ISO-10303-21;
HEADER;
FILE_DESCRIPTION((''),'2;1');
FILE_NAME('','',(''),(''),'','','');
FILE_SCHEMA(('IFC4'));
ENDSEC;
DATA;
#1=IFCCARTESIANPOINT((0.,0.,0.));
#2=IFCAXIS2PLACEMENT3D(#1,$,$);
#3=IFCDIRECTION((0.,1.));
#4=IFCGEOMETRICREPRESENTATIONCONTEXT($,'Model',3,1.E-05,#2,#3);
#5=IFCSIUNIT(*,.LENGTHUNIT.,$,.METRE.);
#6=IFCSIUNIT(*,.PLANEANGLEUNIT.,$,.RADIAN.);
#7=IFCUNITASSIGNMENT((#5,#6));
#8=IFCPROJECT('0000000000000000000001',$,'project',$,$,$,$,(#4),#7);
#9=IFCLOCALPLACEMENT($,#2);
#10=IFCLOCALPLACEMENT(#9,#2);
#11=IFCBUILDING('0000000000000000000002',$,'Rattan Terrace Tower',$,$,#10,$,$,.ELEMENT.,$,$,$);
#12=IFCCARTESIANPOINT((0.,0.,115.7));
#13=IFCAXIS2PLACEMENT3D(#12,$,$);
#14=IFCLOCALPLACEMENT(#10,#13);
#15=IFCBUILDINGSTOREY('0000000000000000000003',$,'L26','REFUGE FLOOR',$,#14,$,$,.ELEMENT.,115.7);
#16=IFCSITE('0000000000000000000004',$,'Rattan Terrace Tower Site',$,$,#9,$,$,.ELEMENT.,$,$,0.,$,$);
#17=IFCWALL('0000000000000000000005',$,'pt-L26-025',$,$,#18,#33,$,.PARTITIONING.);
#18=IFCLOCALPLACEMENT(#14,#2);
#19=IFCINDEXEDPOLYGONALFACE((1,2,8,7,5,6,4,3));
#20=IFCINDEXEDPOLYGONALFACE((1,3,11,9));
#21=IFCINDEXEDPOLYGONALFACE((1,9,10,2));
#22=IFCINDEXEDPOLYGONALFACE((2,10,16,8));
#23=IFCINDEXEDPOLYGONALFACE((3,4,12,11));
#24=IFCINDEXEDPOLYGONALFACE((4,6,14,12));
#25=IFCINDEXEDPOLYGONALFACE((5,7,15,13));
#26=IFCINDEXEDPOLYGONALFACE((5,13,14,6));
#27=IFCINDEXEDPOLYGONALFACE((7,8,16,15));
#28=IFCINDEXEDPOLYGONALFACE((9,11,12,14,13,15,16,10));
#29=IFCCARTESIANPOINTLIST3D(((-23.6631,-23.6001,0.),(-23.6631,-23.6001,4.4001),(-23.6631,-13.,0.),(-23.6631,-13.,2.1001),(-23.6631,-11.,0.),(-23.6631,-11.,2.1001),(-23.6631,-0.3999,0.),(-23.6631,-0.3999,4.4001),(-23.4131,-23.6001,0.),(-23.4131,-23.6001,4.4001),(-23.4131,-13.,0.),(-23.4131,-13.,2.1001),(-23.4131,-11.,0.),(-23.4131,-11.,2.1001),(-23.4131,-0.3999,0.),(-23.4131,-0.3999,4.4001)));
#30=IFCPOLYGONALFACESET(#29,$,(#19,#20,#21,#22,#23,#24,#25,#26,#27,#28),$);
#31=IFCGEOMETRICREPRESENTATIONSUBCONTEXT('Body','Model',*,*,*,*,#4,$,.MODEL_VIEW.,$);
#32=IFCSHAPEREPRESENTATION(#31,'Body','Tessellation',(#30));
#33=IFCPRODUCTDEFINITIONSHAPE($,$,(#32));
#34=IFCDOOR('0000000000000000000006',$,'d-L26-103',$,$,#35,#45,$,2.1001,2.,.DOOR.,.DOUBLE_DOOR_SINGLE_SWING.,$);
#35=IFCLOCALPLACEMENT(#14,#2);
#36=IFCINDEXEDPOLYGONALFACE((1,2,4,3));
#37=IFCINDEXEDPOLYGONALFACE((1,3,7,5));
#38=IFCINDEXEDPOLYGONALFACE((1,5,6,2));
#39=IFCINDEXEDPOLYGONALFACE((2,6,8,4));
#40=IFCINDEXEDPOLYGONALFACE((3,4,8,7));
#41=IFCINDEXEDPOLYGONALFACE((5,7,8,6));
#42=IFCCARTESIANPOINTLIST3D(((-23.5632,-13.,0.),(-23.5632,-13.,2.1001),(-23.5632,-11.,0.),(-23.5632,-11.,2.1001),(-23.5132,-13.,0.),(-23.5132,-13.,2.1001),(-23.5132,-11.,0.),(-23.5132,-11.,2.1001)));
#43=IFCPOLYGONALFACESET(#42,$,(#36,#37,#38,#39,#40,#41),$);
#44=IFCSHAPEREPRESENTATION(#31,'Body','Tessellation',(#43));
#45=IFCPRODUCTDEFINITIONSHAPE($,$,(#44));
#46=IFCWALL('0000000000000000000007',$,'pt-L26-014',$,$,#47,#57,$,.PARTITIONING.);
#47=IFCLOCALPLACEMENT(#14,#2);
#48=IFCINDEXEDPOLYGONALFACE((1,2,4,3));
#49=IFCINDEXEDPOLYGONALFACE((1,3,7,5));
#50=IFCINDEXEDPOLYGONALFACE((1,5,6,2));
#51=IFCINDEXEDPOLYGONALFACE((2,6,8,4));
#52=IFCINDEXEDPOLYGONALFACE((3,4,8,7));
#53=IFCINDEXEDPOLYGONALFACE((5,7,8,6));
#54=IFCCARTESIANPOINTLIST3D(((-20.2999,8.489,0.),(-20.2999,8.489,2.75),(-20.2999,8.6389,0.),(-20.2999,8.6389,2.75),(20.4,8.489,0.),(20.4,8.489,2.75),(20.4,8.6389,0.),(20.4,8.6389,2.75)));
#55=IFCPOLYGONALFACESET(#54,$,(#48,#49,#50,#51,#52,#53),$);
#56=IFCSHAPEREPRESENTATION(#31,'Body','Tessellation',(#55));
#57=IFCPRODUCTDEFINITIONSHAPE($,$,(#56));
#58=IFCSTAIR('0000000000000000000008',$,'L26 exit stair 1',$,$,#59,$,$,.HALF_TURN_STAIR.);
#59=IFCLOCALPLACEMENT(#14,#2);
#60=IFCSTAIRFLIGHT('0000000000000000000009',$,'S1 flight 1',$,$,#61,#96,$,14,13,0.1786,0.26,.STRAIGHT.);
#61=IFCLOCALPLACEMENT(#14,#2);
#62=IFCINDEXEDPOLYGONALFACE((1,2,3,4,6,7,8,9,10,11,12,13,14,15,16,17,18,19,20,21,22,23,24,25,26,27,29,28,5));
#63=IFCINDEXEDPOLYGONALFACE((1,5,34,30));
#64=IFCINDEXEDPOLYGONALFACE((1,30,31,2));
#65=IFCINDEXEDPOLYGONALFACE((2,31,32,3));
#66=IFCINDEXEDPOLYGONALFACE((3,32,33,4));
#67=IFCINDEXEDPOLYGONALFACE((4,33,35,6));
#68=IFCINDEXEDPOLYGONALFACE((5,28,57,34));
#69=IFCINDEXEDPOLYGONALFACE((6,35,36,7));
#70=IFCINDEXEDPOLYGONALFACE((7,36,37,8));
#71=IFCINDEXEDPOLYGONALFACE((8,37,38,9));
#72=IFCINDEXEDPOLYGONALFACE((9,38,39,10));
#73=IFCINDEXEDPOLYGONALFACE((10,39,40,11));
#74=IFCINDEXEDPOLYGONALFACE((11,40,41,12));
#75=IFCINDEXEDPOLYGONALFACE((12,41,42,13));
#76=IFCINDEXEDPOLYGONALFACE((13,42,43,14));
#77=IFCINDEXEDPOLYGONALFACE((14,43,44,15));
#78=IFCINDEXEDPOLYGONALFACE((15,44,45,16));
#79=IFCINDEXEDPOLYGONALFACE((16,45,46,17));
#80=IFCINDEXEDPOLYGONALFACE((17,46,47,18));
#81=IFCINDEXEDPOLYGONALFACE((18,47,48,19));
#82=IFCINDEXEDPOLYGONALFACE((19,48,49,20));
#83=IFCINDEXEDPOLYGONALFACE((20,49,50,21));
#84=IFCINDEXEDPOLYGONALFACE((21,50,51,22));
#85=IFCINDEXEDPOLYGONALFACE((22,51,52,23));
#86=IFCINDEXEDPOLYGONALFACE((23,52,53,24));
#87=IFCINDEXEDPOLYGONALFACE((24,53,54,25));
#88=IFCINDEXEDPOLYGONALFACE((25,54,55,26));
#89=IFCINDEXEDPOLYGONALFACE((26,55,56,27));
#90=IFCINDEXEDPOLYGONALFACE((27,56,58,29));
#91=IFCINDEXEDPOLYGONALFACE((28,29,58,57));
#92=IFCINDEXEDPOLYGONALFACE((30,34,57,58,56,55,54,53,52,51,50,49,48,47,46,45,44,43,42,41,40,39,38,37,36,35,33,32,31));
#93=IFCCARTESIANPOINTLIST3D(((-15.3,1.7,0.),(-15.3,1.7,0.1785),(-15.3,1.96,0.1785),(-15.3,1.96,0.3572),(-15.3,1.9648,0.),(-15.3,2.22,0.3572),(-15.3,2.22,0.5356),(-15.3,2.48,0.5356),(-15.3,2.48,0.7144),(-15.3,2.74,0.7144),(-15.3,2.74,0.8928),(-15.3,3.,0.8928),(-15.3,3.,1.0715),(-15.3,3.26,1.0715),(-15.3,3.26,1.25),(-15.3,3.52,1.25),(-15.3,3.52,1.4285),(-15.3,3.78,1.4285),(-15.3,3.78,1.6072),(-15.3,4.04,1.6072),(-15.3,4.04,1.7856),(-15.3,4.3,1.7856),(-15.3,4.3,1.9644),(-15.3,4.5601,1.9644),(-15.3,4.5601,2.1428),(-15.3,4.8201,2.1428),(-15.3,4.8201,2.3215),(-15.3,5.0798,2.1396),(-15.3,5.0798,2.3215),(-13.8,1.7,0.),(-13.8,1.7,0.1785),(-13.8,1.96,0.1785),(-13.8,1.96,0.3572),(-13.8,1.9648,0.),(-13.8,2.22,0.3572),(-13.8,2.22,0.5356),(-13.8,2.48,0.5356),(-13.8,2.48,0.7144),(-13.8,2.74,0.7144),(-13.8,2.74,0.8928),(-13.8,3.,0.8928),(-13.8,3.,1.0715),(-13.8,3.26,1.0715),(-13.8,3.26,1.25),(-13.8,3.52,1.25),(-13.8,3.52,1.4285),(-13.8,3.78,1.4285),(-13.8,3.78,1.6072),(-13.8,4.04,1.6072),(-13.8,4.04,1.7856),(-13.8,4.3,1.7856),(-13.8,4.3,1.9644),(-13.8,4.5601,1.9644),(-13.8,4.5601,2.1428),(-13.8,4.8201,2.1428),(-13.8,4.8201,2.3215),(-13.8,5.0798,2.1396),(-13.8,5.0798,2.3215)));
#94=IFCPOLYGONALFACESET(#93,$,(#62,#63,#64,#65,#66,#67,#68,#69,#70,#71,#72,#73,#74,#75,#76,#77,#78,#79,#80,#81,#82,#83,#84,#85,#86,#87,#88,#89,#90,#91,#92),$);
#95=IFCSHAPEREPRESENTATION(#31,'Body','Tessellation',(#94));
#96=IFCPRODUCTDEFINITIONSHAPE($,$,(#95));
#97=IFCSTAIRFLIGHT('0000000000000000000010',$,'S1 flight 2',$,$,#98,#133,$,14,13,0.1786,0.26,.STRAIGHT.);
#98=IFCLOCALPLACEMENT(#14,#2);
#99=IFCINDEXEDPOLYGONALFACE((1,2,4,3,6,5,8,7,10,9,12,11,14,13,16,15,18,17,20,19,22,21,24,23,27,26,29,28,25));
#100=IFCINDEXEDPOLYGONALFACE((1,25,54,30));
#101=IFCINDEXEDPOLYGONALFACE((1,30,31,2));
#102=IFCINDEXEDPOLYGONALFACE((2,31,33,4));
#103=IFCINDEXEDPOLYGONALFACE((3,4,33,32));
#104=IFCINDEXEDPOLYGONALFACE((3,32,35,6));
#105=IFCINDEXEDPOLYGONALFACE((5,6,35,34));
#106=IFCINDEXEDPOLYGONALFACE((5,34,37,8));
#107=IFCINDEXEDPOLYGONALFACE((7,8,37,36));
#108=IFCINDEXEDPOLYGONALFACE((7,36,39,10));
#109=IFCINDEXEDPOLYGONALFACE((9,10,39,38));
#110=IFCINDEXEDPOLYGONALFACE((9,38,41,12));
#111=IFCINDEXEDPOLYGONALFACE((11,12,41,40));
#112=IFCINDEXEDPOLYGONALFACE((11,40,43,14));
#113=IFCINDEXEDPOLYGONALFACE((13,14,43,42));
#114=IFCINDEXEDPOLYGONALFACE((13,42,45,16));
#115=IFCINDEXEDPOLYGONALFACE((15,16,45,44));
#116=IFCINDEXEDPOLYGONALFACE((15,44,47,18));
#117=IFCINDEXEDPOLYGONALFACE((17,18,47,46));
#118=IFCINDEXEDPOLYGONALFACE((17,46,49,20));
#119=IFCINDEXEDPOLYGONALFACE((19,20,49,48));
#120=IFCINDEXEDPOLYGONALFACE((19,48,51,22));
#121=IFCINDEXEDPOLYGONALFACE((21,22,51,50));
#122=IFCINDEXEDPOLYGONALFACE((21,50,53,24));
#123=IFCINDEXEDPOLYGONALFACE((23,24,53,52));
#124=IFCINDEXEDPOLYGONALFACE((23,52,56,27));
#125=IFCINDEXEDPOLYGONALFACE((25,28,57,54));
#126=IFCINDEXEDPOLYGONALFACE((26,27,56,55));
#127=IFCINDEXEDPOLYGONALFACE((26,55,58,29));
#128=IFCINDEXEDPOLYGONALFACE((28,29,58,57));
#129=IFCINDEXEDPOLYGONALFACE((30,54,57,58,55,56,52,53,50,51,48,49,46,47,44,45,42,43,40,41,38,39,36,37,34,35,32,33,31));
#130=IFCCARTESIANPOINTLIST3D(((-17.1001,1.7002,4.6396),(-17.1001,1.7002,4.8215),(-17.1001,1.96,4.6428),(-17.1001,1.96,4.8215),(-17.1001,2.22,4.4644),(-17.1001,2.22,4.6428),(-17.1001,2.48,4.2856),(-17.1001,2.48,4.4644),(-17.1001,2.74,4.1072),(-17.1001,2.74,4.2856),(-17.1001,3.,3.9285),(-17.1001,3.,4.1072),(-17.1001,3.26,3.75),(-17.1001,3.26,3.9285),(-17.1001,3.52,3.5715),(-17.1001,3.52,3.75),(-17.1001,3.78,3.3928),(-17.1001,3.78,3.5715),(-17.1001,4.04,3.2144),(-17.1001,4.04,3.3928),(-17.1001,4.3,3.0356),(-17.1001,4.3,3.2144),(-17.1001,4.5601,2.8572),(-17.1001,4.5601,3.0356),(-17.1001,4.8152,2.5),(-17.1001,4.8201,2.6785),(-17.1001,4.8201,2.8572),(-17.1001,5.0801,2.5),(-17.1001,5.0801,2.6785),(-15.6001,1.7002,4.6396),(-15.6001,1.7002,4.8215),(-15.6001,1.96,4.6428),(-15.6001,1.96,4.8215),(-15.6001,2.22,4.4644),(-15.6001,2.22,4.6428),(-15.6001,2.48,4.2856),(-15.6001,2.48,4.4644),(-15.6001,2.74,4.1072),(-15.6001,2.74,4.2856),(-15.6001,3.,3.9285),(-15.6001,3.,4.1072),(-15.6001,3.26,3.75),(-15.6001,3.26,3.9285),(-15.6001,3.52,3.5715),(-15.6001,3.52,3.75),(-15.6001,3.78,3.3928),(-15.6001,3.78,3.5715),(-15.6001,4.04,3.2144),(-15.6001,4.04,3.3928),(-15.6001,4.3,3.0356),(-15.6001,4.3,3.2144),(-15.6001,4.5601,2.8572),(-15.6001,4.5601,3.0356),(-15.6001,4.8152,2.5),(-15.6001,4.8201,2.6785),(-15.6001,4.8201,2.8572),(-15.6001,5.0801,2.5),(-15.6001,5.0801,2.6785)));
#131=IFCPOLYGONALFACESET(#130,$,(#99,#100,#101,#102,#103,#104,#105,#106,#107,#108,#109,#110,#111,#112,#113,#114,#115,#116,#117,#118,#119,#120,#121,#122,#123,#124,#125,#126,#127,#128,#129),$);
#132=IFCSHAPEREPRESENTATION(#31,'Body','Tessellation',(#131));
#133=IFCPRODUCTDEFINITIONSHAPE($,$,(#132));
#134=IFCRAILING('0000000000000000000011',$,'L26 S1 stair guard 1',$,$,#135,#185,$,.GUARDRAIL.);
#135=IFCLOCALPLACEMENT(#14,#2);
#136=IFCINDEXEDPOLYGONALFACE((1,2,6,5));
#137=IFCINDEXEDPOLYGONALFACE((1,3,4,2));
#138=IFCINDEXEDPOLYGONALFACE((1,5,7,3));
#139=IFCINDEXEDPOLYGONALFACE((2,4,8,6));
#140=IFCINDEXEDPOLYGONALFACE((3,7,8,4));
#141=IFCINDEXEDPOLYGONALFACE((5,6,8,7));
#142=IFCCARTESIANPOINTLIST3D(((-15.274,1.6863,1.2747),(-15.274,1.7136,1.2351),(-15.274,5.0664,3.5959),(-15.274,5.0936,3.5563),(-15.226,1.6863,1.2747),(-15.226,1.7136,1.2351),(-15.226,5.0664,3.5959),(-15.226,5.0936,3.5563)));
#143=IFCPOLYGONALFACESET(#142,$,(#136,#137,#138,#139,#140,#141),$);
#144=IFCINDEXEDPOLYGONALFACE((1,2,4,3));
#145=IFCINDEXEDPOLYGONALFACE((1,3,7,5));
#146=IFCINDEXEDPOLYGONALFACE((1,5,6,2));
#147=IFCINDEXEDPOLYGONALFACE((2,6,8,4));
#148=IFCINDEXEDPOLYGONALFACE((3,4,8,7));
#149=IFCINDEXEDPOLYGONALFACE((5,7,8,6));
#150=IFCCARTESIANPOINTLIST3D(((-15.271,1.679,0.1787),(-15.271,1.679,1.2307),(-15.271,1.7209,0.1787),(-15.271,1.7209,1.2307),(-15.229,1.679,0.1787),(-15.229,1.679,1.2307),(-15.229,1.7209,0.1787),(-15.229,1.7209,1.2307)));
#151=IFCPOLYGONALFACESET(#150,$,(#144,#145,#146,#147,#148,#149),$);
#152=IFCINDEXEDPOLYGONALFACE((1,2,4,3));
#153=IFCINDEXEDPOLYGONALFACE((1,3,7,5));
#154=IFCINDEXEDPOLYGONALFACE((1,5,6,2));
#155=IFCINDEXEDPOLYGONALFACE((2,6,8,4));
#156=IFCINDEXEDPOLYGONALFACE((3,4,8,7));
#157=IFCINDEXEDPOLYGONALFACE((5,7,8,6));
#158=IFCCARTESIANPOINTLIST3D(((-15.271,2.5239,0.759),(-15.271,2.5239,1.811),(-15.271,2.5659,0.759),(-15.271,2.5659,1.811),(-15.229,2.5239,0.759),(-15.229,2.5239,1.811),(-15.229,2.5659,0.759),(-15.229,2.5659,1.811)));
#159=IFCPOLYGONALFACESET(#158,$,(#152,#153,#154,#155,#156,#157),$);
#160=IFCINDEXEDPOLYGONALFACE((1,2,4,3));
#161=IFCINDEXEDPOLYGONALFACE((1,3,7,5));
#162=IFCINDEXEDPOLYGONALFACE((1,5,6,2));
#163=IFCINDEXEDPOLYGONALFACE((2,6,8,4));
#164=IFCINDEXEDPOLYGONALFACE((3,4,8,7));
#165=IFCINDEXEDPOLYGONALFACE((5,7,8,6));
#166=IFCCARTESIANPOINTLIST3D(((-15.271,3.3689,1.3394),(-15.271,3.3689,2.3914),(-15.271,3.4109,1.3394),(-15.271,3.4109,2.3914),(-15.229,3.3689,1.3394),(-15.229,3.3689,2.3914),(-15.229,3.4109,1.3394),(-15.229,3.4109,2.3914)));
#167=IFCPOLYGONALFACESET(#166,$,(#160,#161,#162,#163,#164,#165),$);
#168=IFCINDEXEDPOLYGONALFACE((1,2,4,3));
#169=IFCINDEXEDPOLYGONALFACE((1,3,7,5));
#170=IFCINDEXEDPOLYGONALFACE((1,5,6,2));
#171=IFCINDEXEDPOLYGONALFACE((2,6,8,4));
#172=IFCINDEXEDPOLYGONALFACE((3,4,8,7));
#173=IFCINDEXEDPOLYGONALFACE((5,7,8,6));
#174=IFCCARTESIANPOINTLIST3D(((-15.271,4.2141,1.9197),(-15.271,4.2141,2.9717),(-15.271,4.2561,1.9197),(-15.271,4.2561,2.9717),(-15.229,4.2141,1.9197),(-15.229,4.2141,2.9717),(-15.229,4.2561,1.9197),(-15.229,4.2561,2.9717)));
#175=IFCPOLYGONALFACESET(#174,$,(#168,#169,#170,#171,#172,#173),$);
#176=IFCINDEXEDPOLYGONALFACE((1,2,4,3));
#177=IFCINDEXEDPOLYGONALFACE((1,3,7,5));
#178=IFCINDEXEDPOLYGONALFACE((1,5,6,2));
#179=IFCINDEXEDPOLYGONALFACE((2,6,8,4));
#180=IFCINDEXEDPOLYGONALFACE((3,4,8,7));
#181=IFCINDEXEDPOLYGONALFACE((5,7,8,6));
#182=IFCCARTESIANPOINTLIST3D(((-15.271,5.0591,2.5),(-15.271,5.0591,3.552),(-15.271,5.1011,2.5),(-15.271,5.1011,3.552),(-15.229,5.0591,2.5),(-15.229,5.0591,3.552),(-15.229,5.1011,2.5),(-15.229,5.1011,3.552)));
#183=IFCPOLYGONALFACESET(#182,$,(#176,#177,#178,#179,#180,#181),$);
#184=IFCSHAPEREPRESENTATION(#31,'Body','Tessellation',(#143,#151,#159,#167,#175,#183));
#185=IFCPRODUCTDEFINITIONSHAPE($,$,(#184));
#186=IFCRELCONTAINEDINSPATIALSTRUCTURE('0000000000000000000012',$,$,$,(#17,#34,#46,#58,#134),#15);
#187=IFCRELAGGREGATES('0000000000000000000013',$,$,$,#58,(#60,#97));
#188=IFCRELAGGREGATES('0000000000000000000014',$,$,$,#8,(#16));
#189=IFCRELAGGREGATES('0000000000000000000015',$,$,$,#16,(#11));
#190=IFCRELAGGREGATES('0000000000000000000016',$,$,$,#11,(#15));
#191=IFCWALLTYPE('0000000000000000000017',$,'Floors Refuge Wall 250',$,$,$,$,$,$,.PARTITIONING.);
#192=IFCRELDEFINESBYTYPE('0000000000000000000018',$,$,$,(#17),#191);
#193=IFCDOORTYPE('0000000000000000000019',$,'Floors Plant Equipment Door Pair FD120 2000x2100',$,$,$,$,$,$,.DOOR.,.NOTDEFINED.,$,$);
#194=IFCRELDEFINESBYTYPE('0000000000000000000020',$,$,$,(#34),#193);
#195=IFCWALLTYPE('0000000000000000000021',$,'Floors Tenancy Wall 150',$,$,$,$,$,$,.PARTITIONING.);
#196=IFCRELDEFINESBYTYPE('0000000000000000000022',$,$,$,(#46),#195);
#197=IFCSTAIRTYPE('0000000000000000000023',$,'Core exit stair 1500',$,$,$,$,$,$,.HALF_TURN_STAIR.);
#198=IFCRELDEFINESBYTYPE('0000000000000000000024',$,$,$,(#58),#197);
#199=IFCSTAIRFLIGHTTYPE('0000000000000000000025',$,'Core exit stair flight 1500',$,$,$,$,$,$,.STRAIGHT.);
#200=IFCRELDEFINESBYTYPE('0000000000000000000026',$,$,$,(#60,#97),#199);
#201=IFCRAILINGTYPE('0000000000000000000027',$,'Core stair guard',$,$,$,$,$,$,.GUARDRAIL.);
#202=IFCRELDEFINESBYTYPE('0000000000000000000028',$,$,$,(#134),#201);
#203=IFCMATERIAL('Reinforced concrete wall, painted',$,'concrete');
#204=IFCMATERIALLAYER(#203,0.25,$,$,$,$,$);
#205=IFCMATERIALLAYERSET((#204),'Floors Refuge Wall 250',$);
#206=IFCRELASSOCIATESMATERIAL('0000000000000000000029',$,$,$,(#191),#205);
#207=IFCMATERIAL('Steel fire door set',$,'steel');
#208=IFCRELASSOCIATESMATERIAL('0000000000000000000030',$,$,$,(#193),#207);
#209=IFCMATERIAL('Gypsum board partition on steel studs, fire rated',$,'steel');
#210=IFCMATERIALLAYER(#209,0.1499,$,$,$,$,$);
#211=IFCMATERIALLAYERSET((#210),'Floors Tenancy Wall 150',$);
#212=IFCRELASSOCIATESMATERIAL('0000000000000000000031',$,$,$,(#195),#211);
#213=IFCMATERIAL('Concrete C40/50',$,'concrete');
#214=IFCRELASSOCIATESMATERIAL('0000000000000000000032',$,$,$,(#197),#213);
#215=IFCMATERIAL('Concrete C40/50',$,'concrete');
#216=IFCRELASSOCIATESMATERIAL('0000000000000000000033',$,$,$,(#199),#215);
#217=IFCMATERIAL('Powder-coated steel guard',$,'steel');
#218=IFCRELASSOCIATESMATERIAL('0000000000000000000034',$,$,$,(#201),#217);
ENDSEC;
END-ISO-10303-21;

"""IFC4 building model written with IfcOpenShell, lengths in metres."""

from ifc_helpers import new_model, si_unit, direction, frame, frame_2d, origin, origin_2d, place, context, subcontext, project, spatial, polyline, rectangle, outline, extrude, material, layer, layer_set, type_object, element, fill, aggregate, save


model = new_model("IFC4")

# Units and contexts
model_context = context("Model", 3, precision=1e-05, world=origin(), true_north=direction((0.0, 1.0)))
body_context = subcontext(model_context, "Body", "Model", "MODEL_VIEW")
ifc_project = project(units=[si_unit("LENGTHUNIT", "METRE"), si_unit("PLANEANGLEUNIT", "RADIAN")], contexts=[model_context])

# Site, building, storey
site_placement = place(None, origin())
site = spatial("IfcSite", under=ifc_project, at=site_placement, Name="Rattan Terrace Tower Site", CompositionType="ELEMENT", RefElevation=0.0)
building_placement = place(site_placement, origin())
building = spatial("IfcBuilding", under=site, at=building_placement, Name="Rattan Terrace Tower", CompositionType="ELEMENT")
storey_placement = place(building_placement, frame((0.0, 0.0, 115.7)))
storey = spatial("IfcBuildingStorey", under=building, at=storey_placement, Name="L26", Description="REFUGE FLOOR", CompositionType="ELEMENT", Elevation=115.7)

# Shared definitions
ifc_material_1 = material(Name="Reinforced concrete wall, painted", Category="concrete")
ifc_layer_1 = layer(ifc_material_1, 0.25)
ifc_layer_set_1 = layer_set([ifc_layer_1], Name="Floors Refuge Wall 250")
wall_type_1 = type_object("IfcWallType", Name="Floors Refuge Wall 250", PredefinedType="PARTITIONING", material=ifc_layer_set_1)

# Wall, opening, door
wall_1_placement = place(storey_placement, frame((-23.5381, -0.3999, 0.0), z_axis=(0.0, 0.0, 1.0), x_axis=(0.0, -1.0, 0.0)))
wall_1 = element("IfcWall", 1, at=wall_1_placement, inside=storey, type_object=wall_type_1, Name="pt-L26-025", PredefinedType="PARTITIONING", context=body_context, shape_type="SweptSolid", body=[
    extrude(rectangle(XDim=23.2002, YDim=0.25, at=frame_2d((11.6001, 0.0))), origin(), (0.0, 0.0, 1.0), 4.4001),
])
opening_1_placement = place(wall_1_placement, frame((10.6001, 0.0, 0.0)))
opening_1 = element("IfcOpeningElement", 2, at=opening_1_placement, cuts=wall_1, PredefinedType="OPENING", context=body_context, shape_type="SweptSolid", body=[
    extrude(rectangle(XDim=2.0, YDim=2.1001, at=frame_2d((1.0, 1.05))), frame((0.0, 0.1355, 0.0), z_axis=(0.0, -1.0, 0.0), x_axis=(1.0, 0.0, 0.0)), (0.0, 0.0, 1.0), 0.271),
])
ifc_material_2 = material(Name="Steel fire door set", Category="steel")
door_type_1 = type_object("IfcDoorType", Name="Floors Plant Equipment Door Pair FD120 2000x2100", OperationType="NOTDEFINED", PredefinedType="DOOR", material=ifc_material_2)
door_1_placement = place(opening_1_placement, origin())
door_1 = element("IfcDoor", 3, at=door_1_placement, inside=storey, type_object=door_type_1, Name="d-L26-103", OperationType="DOUBLE_DOOR_SINGLE_SWING", OverallHeight=2.1001, OverallWidth=2.0, PredefinedType="DOOR", context=body_context, shape_type="SweptSolid", body=[
    extrude(rectangle(XDim=2.0, YDim=2.1001, at=frame_2d((1.0, 1.05))), frame((0.0, 0.0249, 0.0), z_axis=(0.0, -1.0, 0.0), x_axis=(1.0, 0.0, 0.0)), (0.0, 0.0, 1.0), 0.05),
])
fill(opening_1, door_1)

# Wall
ifc_material_3 = material(Name="Gypsum board partition on steel studs, fire rated", Category="steel")
ifc_layer_2 = layer(ifc_material_3, 0.1499)
ifc_layer_set_2 = layer_set([ifc_layer_2], Name="Floors Tenancy Wall 150")
wall_type_2 = type_object("IfcWallType", Name="Floors Tenancy Wall 150", PredefinedType="PARTITIONING", material=ifc_layer_set_2)
wall_2_placement = place(storey_placement, frame((-20.3, 8.564, 0.0), z_axis=(0.0, 0.0, 1.0), x_axis=(1.0, 0.0, 0.0)))
element("IfcWall", 4, at=wall_2_placement, inside=storey, type_object=wall_type_2, Name="pt-L26-014", PredefinedType="PARTITIONING", context=body_context, shape_type="SweptSolid", body=[
    extrude(rectangle(XDim=40.7, YDim=0.1499, at=frame_2d((20.3501, 0.0))), origin(), (0.0, 0.0, 1.0), 2.75),
])

# Stair, stair flights
ifc_material_4 = material(Name="Concrete C40/50", Category="concrete")
stair_type = type_object("IfcStairType", Name="Core exit stair 1500", PredefinedType="HALF_TURN_STAIR", material=ifc_material_4)
stair_placement = place(storey_placement, origin())
stair = element("IfcStair", 5, at=stair_placement, inside=storey, type_object=stair_type, Name="L26 exit stair 1", PredefinedType="HALF_TURN_STAIR")
ifc_material_5 = material(Name="Concrete C40/50", Category="concrete")
stair_flight_type = type_object("IfcStairFlightType", Name="Core exit stair flight 1500", PredefinedType="STRAIGHT", material=ifc_material_5)
stair_flight_1_placement = place(storey_placement, frame((-14.55, 1.7, 0.0), z_axis=(0.0, 0.0, 1.0), x_axis=(0.0, 1.0, 0.0)))
stair_flight_1 = element("IfcStairFlight", 6, at=stair_flight_1_placement, type_object=stair_flight_type, Name="S1 flight 1", NumberOfRisers=14, NumberOfTreads=13, PredefinedType="STRAIGHT", RiserHeight=0.1786, TreadLength=0.26, context=body_context, shape_type="SweptSolid", body=[
    extrude(outline(polyline([(0.0, 0.0), (0.0, 0.1785), (0.26, 0.1785), (0.26, 0.3572), (0.52, 0.3572), (0.52, 0.5356), (0.78, 0.5356), (0.78, 0.7144), (1.04, 0.7144), (1.04, 0.8928), (1.3, 0.8928), (1.3, 1.0715), (1.5601, 1.0715), (1.5601, 1.25), (1.8201, 1.25), (1.8201, 1.4285), (2.0801, 1.4285), (2.0801, 1.6072), (2.3401, 1.6072), (2.3401, 1.7856), (2.6001, 1.7856), (2.6001, 1.9644), (2.8601, 1.9644), (2.8601, 2.1428), (3.1201, 2.1428), (3.1201, 2.3215), (3.3799, 2.3215), (3.3799, 2.5), (3.3799, 2.1396), (0.2649, 0.0), (0.0, 0.0)])), frame((0.0, 0.75, 0.0), z_axis=(0.0, -1.0, 0.0), x_axis=(1.0, 0.0, 0.0)), (0.0, 0.0, 1.0), 1.5),
])
stair_flight_2_placement = place(storey_placement, frame((-16.3501, 5.0801, 2.5), z_axis=(0.0, 0.0, 1.0), x_axis=(0.0, -1.0, 0.0)))
stair_flight_2 = element("IfcStairFlight", 7, at=stair_flight_2_placement, type_object=stair_flight_type, Name="S1 flight 2", NumberOfRisers=14, NumberOfTreads=13, PredefinedType="STRAIGHT", RiserHeight=0.1786, TreadLength=0.26, context=body_context, shape_type="SweptSolid", body=[
    extrude(outline(polyline([(0.0, 0.0), (0.0, 0.1785), (0.26, 0.1785), (0.26, 0.3572), (0.52, 0.3572), (0.52, 0.5356), (0.78, 0.5356), (0.78, 0.7144), (1.04, 0.7144), (1.04, 0.8928), (1.3, 0.8928), (1.3, 1.0715), (1.5601, 1.0715), (1.5601, 1.25), (1.8201, 1.25), (1.8201, 1.4285), (2.0801, 1.4285), (2.0801, 1.6072), (2.3401, 1.6072), (2.3401, 1.7856), (2.6001, 1.7856), (2.6001, 1.9644), (2.8601, 1.9644), (2.8601, 2.1428), (3.1201, 2.1428), (3.1201, 2.3215), (3.3799, 2.3215), (3.3799, 2.5), (3.3799, 2.1396), (0.2649, 0.0), (0.0, 0.0)])), frame((0.0, 0.75, 0.0), z_axis=(0.0, -1.0, 0.0), x_axis=(1.0, 0.0, 0.0)), (0.0, 0.0, 1.0), 1.5),
])
aggregate(stair, [stair_flight_1, stair_flight_2])

# Railing
ifc_material_6 = material(Name="Powder-coated steel guard", Category="steel")
railing_type_1 = type_object("IfcRailingType", Name="Core stair guard", PredefinedType="GUARDRAIL", material=ifc_material_6)
railing_1_placement = place(storey_placement, frame((-15.25, 1.7, 0.1787)))
element("IfcRailing", 8, at=railing_1_placement, inside=storey, type_object=railing_type_1, Name="L26 S1 stair guard 1", PredefinedType="GUARDRAIL", context=body_context, shape_type="SweptSolid", body=[
    extrude(rectangle(XDim=0.0481, YDim=0.0481, at=origin_2d()), frame((0.0, 0.0, 1.0762), z_axis=(0.0, 0.824332, 0.566107), x_axis=(-1.0, 0.0, 0.0)), (0.0, 0.0, 1.0), 4.1003),
    extrude(rectangle(XDim=0.042, YDim=0.042, at=origin_2d()), origin(), (0.0, 0.0, 1.0), 1.052),
    extrude(rectangle(XDim=0.042, YDim=0.042, at=origin_2d()), frame((0.0, 0.845, 0.5803)), (0.0, 0.0, 1.0), 1.052),
    extrude(rectangle(XDim=0.042, YDim=0.042, at=origin_2d()), frame((0.0, 1.6899, 1.1606)), (0.0, 0.0, 1.0), 1.052),
    extrude(rectangle(XDim=0.042, YDim=0.042, at=origin_2d()), frame((0.0, 2.5352, 1.741)), (0.0, 0.0, 1.0), 1.052),
    extrude(rectangle(XDim=0.042, YDim=0.042, at=origin_2d()), frame((0.0, 3.3801, 2.3213)), (0.0, 0.0, 1.0), 1.052),
])

save(model, "model.ifc")
